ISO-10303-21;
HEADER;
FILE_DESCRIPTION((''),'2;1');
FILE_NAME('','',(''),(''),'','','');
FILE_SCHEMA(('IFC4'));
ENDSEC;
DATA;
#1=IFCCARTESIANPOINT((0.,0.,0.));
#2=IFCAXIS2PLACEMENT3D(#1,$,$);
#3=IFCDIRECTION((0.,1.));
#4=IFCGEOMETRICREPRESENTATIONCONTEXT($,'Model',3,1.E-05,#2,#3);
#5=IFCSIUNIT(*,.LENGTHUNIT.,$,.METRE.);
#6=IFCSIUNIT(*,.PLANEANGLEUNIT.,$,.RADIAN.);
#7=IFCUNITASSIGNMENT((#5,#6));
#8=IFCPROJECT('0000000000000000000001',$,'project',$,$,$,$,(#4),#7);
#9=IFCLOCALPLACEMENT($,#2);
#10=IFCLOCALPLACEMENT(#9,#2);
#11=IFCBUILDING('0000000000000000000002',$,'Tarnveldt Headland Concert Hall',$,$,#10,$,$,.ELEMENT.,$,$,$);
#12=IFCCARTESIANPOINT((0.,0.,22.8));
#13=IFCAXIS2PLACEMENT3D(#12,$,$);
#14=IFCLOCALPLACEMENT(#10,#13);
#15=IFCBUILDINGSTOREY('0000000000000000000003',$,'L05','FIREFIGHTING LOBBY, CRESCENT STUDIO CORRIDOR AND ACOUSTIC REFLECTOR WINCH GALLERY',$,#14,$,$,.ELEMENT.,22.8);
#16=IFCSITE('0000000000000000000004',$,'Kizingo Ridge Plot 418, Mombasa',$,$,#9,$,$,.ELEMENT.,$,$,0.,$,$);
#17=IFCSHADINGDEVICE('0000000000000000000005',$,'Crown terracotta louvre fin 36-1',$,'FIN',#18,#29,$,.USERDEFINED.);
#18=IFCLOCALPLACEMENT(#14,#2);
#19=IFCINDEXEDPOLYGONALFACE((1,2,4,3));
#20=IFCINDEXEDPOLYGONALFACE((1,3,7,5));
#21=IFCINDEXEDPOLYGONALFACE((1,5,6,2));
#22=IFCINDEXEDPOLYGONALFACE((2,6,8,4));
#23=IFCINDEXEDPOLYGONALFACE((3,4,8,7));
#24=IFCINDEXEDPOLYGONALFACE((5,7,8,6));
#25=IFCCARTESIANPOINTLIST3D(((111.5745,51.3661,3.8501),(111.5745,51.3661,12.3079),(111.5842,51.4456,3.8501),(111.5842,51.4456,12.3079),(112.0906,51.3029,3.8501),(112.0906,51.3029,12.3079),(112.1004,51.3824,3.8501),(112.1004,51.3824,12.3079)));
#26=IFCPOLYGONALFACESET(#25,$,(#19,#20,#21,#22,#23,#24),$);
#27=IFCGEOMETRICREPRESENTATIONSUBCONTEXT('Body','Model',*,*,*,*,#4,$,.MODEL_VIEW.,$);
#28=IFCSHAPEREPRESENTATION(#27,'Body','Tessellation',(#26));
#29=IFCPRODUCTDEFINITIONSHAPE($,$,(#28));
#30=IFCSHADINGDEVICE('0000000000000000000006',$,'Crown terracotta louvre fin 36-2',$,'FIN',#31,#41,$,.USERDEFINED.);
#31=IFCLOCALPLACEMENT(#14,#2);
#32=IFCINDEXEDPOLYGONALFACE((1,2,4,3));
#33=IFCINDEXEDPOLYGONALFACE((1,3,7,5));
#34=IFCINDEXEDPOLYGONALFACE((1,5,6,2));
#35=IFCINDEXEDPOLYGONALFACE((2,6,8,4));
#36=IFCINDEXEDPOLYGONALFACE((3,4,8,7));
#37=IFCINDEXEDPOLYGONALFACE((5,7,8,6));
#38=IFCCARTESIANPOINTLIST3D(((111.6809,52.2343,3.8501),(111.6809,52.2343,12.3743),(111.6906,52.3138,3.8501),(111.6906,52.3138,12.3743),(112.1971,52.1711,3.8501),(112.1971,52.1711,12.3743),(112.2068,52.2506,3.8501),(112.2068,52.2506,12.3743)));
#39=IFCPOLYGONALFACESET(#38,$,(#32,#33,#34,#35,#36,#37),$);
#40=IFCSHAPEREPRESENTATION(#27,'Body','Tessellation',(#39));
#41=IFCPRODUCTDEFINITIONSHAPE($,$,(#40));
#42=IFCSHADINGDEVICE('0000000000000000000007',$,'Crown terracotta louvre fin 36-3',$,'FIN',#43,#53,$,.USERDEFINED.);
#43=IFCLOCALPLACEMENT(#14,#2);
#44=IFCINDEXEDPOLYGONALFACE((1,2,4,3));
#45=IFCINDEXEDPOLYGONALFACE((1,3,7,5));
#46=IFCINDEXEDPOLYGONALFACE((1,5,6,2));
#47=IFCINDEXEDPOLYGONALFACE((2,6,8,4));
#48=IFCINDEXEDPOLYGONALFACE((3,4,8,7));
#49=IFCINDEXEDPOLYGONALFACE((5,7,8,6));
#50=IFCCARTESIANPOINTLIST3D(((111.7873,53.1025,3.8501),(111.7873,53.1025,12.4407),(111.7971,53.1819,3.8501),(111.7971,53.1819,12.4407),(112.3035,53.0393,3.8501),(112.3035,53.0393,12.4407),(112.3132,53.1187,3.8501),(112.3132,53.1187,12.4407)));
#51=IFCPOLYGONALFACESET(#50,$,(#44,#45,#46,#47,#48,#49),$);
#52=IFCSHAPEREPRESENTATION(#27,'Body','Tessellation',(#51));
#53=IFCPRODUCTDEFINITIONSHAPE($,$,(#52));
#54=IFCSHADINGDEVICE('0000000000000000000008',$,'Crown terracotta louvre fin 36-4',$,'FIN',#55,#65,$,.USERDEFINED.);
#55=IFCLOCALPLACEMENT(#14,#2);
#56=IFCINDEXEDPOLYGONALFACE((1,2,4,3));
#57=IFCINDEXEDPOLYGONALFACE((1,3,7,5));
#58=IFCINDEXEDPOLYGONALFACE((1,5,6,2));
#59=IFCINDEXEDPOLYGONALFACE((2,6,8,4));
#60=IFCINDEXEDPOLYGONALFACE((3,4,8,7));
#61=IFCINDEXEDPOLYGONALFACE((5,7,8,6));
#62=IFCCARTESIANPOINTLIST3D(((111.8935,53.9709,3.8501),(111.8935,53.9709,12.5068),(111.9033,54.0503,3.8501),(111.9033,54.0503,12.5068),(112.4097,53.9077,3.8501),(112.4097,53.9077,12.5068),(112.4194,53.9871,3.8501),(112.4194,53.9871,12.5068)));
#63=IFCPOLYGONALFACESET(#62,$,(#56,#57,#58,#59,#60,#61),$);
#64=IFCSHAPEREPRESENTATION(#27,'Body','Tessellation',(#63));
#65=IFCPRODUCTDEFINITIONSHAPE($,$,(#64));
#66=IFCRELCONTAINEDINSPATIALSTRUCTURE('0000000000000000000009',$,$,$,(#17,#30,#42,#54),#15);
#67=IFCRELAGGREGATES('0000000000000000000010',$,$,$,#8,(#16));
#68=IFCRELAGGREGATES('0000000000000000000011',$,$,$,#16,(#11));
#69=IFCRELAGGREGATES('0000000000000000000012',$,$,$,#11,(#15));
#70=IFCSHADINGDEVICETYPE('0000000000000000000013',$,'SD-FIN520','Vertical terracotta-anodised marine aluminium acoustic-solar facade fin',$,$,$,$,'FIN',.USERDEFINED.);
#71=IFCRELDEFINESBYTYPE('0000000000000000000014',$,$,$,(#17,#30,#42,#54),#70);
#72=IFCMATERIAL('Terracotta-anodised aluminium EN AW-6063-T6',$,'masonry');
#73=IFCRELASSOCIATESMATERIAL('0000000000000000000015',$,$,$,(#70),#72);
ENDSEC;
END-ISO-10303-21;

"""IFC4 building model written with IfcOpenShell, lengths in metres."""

from ifc_helpers import new_model, si_unit, direction, frame, origin, origin_2d, place, context, subcontext, project, spatial, rectangle, extrude, material, type_object, element, save


model = new_model("IFC4")

# Units and contexts
model_context = context("Model", 3, precision=1e-05, world=origin(), true_north=direction((0.0, 1.0)))
body_context = subcontext(model_context, "Body", "Model", "MODEL_VIEW")
ifc_project = project(units=[si_unit("LENGTHUNIT", "METRE"), si_unit("PLANEANGLEUNIT", "RADIAN")], contexts=[model_context])

# Site, building, storey
site_placement = place(None, origin())
site = spatial("IfcSite", under=ifc_project, at=site_placement, Name="Kizingo Ridge Plot 418, Mombasa", CompositionType="ELEMENT", RefElevation=0.0)
building_placement = place(site_placement, origin())
building = spatial("IfcBuilding", under=site, at=building_placement, Name="Tarnveldt Headland Concert Hall", CompositionType="ELEMENT")
storey_placement = place(building_placement, frame((0.0, 0.0, 22.8)))
storey = spatial("IfcBuildingStorey", under=building, at=storey_placement, Name="L05", Description="FIREFIGHTING LOBBY, CRESCENT STUDIO CORRIDOR AND ACOUSTIC REFLECTOR WINCH GALLERY", CompositionType="ELEMENT", Elevation=22.8)

# Shading devices
ifc_material_1 = material(Name="Terracotta-anodised aluminium EN AW-6063-T6", Category="masonry")
shading_device_type = type_object("IfcShadingDeviceType", Name="SD-FIN520", Description="Vertical terracotta-anodised marine aluminium acoustic-solar facade fin", ElementType="FIN", PredefinedType="USERDEFINED", material=ifc_material_1)
shading_device_1_placement = place(storey_placement, frame((111.8374, 51.3743, 3.8501), z_axis=(0.0, 0.0, 1.0), x_axis=(0.992589, -0.121523, 0.0)))
element("IfcShadingDevice", 1, at=shading_device_1_placement, inside=storey, type_object=shading_device_type, Name="Crown terracotta louvre fin 36-1", ObjectType="FIN", PredefinedType="USERDEFINED", context=body_context, shape_type="SweptSolid", body=[
    extrude(rectangle(XDim=0.52, YDim=0.0801, at=origin_2d()), origin(), (0.0, 0.0, 1.0), 8.4578),
])
shading_device_2_placement = place(storey_placement, frame((111.9438, 52.2424, 3.8501), z_axis=(0.0, 0.0, 1.0), x_axis=(0.992589, -0.121523, 0.0)))
element("IfcShadingDevice", 2, at=shading_device_2_placement, inside=storey, type_object=shading_device_type, Name="Crown terracotta louvre fin 36-2", ObjectType="FIN", PredefinedType="USERDEFINED", context=body_context, shape_type="SweptSolid", body=[
    extrude(rectangle(XDim=0.52, YDim=0.0801, at=origin_2d()), origin(), (0.0, 0.0, 1.0), 8.5242),
])
shading_device_3_placement = place(storey_placement, frame((112.0503, 53.1106, 3.8501), z_axis=(0.0, 0.0, 1.0), x_axis=(0.992589, -0.121523, 0.0)))
element("IfcShadingDevice", 3, at=shading_device_3_placement, inside=storey, type_object=shading_device_type, Name="Crown terracotta louvre fin 36-3", ObjectType="FIN", PredefinedType="USERDEFINED", context=body_context, shape_type="SweptSolid", body=[
    extrude(rectangle(XDim=0.52, YDim=0.0801, at=origin_2d()), origin(), (0.0, 0.0, 1.0), 8.5906),
])
shading_device_4_placement = place(storey_placement, frame((112.1565, 53.979, 3.8501), z_axis=(0.0, 0.0, 1.0), x_axis=(0.992589, -0.121523, 0.0)))
element("IfcShadingDevice", 4, at=shading_device_4_placement, inside=storey, type_object=shading_device_type, Name="Crown terracotta louvre fin 36-4", ObjectType="FIN", PredefinedType="USERDEFINED", context=body_context, shape_type="SweptSolid", body=[
    extrude(rectangle(XDim=0.52, YDim=0.0801, at=origin_2d()), origin(), (0.0, 0.0, 1.0), 8.6567),
])

save(model, "model.ifc")
